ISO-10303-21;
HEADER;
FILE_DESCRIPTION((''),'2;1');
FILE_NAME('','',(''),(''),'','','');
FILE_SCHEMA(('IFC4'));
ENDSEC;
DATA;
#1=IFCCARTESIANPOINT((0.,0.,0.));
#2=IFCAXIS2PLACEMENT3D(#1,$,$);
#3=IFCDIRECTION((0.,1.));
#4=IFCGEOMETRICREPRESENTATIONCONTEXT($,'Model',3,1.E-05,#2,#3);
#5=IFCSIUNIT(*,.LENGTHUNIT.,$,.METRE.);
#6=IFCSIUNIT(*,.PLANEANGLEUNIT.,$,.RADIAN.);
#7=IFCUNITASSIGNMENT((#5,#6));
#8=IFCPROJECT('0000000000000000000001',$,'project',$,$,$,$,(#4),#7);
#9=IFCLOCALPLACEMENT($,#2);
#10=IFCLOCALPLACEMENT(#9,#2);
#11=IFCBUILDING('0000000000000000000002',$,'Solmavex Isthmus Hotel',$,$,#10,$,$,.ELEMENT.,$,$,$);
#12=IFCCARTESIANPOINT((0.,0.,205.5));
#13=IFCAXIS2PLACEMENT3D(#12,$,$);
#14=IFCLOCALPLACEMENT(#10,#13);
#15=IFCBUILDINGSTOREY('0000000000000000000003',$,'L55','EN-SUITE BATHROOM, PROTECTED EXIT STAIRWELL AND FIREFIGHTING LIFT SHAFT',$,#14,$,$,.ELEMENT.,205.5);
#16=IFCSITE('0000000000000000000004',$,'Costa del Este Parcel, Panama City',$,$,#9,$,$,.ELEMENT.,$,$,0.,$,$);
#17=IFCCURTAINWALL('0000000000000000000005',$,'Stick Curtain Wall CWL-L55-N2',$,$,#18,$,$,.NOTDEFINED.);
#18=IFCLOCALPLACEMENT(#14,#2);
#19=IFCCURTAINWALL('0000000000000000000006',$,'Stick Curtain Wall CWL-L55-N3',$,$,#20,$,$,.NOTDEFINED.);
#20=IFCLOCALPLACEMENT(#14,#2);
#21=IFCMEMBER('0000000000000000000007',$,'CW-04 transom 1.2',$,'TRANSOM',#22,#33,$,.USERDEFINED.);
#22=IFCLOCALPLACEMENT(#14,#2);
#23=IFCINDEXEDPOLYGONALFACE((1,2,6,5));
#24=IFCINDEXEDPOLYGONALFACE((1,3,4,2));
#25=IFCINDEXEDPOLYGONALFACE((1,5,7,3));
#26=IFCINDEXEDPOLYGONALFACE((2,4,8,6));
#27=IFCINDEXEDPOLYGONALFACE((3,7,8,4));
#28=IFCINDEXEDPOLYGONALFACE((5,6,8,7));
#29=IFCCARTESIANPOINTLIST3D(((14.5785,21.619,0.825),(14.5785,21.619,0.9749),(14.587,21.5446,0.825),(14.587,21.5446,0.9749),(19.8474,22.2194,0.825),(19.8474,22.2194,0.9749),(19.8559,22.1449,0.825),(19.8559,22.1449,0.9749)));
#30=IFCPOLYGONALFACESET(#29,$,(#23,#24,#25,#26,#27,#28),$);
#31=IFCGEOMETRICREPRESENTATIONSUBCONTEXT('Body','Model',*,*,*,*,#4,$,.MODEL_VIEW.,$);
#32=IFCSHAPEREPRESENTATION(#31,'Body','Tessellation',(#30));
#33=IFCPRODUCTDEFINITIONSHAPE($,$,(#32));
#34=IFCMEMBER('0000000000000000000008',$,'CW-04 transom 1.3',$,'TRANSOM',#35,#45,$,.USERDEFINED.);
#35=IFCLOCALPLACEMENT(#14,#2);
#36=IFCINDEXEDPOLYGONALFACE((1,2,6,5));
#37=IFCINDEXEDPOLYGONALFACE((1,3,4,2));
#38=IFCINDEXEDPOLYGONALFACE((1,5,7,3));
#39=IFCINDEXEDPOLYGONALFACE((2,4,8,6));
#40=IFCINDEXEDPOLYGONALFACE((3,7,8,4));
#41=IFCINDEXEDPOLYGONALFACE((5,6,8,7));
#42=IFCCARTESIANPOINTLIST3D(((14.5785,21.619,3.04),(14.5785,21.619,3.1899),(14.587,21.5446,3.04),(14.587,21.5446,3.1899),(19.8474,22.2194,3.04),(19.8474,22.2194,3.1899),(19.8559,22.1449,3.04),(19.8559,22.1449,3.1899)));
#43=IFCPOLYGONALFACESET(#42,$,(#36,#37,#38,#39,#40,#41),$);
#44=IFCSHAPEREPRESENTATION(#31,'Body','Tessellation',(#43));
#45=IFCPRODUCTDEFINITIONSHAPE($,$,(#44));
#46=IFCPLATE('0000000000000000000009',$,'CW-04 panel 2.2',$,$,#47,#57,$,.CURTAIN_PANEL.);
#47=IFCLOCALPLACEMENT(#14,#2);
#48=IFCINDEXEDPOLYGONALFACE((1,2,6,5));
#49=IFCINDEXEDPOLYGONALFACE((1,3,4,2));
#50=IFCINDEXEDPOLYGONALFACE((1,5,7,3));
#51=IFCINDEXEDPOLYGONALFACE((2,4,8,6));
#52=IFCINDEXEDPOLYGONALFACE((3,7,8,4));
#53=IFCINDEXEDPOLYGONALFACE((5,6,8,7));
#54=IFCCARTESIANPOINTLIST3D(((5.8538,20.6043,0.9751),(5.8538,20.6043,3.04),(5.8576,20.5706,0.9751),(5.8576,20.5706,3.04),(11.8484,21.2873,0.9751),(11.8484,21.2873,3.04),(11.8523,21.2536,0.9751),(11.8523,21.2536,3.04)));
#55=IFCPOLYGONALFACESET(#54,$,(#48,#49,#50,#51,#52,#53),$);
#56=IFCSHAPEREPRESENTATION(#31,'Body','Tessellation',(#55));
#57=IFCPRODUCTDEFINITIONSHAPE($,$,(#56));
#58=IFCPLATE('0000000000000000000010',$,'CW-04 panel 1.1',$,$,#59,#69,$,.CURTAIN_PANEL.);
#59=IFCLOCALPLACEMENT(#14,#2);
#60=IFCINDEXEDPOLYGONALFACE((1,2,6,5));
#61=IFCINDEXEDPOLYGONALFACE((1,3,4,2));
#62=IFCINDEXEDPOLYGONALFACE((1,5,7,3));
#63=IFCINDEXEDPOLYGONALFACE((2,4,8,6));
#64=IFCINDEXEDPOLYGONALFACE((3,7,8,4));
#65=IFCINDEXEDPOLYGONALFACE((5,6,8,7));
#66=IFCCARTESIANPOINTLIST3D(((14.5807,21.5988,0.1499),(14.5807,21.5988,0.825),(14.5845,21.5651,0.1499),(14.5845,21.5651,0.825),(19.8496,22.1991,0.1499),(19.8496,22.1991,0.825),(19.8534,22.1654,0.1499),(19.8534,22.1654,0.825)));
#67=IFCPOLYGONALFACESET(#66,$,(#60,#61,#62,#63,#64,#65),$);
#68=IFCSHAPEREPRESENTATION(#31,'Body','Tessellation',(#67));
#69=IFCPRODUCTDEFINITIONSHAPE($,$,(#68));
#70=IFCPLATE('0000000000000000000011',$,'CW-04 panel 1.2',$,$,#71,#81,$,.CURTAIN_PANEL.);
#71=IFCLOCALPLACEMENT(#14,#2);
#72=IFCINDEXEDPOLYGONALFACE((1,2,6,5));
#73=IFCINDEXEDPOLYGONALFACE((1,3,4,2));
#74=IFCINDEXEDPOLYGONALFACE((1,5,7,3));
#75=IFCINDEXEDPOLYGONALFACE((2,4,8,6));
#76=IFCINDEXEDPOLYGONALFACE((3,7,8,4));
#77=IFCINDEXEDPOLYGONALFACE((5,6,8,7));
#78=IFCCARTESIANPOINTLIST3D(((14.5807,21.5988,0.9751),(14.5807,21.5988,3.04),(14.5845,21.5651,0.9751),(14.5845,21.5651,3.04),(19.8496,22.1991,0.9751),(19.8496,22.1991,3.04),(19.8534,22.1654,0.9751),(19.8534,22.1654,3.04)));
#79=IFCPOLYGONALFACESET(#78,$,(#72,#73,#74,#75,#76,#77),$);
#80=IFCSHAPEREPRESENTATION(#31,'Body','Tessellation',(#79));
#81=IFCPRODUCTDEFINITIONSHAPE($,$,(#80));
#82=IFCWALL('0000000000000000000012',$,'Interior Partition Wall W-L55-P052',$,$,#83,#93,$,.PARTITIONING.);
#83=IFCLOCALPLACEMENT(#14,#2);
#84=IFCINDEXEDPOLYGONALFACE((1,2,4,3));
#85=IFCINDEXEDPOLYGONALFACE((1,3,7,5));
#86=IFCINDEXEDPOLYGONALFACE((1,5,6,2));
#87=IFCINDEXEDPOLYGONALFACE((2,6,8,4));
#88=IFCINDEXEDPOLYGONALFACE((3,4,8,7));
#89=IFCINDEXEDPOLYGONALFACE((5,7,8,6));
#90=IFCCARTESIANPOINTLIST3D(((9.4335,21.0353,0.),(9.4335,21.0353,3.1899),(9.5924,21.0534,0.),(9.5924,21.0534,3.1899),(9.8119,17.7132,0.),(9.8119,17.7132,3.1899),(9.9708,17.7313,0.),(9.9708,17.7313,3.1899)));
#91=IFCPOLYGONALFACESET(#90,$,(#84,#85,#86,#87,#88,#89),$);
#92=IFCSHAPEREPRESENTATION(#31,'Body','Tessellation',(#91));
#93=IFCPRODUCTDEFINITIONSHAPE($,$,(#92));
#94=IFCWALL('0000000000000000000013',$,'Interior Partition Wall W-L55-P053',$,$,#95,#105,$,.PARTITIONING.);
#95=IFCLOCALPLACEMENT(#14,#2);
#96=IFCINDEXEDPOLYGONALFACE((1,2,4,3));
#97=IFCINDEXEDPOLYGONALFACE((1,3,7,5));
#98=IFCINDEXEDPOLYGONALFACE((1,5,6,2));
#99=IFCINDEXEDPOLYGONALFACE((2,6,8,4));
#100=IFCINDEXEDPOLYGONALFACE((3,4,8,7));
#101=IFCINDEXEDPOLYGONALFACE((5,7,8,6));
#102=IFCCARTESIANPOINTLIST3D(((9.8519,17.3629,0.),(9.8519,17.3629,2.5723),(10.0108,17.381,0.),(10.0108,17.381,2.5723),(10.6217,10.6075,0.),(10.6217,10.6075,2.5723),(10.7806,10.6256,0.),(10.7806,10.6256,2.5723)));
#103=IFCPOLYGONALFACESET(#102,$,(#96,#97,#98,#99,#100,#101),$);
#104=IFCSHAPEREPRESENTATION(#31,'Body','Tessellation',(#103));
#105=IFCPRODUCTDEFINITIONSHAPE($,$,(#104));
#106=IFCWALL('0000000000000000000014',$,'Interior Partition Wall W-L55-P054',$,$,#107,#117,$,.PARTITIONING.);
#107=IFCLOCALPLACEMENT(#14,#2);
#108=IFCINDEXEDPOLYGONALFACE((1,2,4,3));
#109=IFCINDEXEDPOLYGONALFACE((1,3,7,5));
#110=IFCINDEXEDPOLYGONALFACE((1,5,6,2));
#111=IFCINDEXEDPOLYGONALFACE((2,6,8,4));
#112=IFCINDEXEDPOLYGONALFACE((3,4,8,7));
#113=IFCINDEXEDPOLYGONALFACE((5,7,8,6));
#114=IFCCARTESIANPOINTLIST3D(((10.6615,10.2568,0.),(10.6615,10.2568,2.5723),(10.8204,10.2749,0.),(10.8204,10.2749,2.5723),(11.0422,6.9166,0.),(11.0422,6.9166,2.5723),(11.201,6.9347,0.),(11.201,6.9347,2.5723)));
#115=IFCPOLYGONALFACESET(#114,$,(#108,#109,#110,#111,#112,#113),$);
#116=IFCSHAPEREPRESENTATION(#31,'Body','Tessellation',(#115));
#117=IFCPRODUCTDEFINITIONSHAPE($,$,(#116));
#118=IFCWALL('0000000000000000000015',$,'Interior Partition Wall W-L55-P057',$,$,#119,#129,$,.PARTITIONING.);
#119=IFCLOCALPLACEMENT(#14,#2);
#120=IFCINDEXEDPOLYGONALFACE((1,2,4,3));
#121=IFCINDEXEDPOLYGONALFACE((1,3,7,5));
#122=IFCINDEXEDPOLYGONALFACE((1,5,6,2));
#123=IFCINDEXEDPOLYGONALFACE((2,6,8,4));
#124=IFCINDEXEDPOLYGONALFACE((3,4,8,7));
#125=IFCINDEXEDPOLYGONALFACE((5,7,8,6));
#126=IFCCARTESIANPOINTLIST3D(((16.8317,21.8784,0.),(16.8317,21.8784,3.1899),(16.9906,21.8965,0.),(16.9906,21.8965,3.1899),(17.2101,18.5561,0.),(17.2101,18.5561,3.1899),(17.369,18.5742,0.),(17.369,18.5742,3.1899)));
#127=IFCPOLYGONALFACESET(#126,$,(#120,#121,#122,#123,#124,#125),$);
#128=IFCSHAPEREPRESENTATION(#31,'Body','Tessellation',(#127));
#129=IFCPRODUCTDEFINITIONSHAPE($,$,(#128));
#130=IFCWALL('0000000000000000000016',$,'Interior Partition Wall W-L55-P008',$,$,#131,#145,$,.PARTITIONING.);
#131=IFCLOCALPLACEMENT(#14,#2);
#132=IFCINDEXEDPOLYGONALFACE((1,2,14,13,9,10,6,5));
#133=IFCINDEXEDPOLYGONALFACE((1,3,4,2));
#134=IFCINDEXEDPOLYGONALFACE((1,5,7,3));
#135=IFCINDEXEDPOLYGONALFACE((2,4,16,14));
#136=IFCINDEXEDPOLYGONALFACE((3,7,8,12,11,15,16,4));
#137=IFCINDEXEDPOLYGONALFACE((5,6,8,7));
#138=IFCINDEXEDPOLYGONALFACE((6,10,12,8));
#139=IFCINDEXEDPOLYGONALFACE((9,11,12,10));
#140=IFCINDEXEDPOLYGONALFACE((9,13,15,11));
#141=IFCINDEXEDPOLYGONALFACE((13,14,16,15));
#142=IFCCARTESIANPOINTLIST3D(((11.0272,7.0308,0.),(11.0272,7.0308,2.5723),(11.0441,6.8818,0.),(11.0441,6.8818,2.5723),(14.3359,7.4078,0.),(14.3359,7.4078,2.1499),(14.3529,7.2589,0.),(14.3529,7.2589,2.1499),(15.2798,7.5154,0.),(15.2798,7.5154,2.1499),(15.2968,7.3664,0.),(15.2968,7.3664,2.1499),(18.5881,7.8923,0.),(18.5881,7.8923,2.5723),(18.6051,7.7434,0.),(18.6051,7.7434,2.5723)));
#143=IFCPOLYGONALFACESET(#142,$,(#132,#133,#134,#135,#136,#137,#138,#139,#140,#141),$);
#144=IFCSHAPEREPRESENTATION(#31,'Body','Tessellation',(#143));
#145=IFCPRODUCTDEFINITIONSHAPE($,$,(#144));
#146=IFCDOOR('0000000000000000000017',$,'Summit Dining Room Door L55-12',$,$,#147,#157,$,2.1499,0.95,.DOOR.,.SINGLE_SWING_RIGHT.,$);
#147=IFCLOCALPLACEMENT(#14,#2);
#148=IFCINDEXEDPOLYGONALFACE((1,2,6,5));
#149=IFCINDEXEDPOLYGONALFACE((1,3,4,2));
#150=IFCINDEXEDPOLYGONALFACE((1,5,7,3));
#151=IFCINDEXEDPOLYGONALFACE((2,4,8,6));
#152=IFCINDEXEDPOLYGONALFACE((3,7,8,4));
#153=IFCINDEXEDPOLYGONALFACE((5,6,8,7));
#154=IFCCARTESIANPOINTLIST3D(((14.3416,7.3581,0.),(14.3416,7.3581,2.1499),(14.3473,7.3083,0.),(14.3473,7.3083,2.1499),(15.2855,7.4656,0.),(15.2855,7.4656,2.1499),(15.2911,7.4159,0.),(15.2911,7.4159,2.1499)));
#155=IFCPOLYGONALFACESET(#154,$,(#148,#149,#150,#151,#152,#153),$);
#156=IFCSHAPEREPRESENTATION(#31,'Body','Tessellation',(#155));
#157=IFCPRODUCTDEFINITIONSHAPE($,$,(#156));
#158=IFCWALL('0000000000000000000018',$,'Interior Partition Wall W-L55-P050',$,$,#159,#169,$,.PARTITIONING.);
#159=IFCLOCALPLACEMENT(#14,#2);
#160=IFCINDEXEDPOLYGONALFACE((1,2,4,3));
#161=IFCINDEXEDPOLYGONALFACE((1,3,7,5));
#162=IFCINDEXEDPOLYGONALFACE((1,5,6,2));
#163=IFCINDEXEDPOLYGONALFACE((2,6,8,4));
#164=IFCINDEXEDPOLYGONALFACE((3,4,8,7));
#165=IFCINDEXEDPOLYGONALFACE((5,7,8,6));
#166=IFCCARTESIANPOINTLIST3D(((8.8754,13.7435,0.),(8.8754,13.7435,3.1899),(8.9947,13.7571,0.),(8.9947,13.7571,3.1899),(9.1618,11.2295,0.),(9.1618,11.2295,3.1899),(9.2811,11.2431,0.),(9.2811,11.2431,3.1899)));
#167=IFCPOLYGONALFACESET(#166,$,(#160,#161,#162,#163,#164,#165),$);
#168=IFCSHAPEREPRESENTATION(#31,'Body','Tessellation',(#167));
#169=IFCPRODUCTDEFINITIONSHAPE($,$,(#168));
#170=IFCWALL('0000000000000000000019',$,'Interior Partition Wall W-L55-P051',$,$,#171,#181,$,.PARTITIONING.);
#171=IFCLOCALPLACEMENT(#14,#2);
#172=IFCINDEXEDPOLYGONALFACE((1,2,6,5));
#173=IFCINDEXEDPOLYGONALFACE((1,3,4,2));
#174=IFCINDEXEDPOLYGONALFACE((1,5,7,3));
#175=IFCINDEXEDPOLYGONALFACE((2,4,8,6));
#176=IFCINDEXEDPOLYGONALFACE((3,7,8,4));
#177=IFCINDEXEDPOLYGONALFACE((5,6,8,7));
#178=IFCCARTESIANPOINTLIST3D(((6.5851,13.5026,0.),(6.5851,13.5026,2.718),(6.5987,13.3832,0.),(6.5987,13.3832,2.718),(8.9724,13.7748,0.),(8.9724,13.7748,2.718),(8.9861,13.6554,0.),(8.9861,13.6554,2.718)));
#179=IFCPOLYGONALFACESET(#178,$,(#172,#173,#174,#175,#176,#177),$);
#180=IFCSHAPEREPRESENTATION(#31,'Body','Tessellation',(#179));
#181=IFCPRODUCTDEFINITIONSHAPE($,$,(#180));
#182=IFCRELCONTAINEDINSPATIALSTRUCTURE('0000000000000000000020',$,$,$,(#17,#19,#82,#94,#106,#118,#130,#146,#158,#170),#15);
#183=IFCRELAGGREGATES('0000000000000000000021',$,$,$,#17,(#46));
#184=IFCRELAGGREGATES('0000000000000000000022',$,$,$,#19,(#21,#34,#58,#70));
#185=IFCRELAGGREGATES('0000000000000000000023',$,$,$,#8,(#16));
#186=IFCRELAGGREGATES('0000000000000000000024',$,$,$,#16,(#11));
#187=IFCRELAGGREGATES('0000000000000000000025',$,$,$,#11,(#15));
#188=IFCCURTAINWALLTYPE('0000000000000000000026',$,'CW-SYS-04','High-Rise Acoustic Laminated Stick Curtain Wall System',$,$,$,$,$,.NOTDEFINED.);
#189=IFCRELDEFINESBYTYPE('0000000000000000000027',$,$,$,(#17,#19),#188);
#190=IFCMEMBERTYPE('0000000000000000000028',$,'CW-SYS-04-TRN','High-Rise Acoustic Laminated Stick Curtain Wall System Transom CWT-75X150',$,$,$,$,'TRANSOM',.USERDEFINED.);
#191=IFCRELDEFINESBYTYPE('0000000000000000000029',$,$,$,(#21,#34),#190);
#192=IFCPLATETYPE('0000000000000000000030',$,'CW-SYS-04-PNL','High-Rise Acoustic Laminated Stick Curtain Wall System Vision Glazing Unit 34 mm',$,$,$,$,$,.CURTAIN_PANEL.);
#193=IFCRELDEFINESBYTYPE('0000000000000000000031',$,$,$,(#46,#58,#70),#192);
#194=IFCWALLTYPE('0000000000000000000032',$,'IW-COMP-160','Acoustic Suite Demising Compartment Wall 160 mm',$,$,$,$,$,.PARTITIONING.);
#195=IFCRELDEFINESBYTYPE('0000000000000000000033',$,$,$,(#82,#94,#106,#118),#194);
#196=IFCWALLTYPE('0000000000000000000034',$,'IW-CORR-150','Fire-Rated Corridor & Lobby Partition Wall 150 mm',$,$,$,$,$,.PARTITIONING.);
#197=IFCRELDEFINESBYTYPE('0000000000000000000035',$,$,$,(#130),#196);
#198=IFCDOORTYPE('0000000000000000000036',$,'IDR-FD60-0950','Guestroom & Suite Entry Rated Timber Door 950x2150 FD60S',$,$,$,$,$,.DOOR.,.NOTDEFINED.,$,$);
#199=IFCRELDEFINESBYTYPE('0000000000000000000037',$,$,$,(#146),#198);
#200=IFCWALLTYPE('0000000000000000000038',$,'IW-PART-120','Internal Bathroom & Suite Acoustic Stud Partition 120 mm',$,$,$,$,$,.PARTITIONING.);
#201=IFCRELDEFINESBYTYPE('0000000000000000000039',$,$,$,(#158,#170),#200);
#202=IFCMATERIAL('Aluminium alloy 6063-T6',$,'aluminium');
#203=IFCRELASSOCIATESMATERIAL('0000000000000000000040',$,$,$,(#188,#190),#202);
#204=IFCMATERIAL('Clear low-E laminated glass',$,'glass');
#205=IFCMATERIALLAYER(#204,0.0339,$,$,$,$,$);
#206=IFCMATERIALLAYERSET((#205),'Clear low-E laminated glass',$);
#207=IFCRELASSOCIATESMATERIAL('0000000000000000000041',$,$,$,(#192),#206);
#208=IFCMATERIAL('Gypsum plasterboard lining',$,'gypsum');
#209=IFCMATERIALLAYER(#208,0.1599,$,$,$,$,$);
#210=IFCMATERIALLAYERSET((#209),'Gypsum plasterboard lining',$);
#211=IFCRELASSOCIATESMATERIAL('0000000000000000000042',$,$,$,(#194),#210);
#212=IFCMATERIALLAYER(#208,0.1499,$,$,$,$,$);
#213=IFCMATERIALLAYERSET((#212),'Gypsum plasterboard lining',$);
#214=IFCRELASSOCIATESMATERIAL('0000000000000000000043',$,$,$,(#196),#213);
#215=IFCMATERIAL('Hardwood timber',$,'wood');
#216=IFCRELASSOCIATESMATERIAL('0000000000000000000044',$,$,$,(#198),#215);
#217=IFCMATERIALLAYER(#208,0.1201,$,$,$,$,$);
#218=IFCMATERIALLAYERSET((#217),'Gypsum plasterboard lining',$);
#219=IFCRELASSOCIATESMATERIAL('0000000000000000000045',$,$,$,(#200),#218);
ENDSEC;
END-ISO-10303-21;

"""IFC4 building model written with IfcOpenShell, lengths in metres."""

from ifc_helpers import new_model, si_unit, direction, frame, frame_2d, origin, origin_2d, place, context, subcontext, project, spatial, rectangle, extrude, material, layer, layer_set, material_profile, profile_set, type_object, element, fill, aggregate, save


model = new_model("IFC4")

# Units and contexts
model_context = context("Model", 3, precision=1e-05, world=origin(), true_north=direction((0.0, 1.0)))
body_context = subcontext(model_context, "Body", "Model", "MODEL_VIEW")
ifc_project = project(units=[si_unit("LENGTHUNIT", "METRE"), si_unit("PLANEANGLEUNIT", "RADIAN")], contexts=[model_context])

# Site, building, storey
site_placement = place(None, origin())
site = spatial("IfcSite", under=ifc_project, at=site_placement, Name="Costa del Este Parcel, Panama City", CompositionType="ELEMENT", RefElevation=0.0)
building_placement = place(site_placement, origin())
building = spatial("IfcBuilding", under=site, at=building_placement, Name="Solmavex Isthmus Hotel", CompositionType="ELEMENT")
storey_placement = place(building_placement, frame((0.0, 0.0, 205.5)))
storey = spatial("IfcBuildingStorey", under=building, at=storey_placement, Name="L55", Description="EN-SUITE BATHROOM, PROTECTED EXIT STAIRWELL AND FIREFIGHTING LIFT SHAFT", CompositionType="ELEMENT", Elevation=205.5)

# Curtain wall
ifc_material_1 = material(Name="Aluminium alloy 6063-T6", Category="aluminium")
curtain_wall_type = type_object("IfcCurtainWallType", Name="CW-SYS-04", Description="High-Rise Acoustic Laminated Stick Curtain Wall System", PredefinedType="NOTDEFINED", material=ifc_material_1)
curtain_wall_1_placement = place(storey_placement, origin())
curtain_wall_1 = element("IfcCurtainWall", 1, at=curtain_wall_1_placement, inside=storey, type_object=curtain_wall_type, Name="Stick Curtain Wall CWL-L55-N2", PredefinedType="NOTDEFINED")

# Curtain wall, members
curtain_wall_2_placement = place(storey_placement, origin())
curtain_wall_2 = element("IfcCurtainWall", 2, at=curtain_wall_2_placement, inside=storey, type_object=curtain_wall_type, Name="Stick Curtain Wall CWL-L55-N3", PredefinedType="NOTDEFINED")
ifc_material_profile_1 = material_profile(ifc_material_1, rectangle(XDim=0.075, YDim=0.1499, at=origin_2d()), Name="CWT-75X150")
ifc_profile_set_1 = profile_set([ifc_material_profile_1], Name="Aluminium alloy 6063-T6")
member_type_1 = type_object("IfcMemberType", Name="CW-SYS-04-TRN", Description="High-Rise Acoustic Laminated Stick Curtain Wall System Transom CWT-75X150", ElementType="TRANSOM", PredefinedType="USERDEFINED", material=ifc_profile_set_1)
member_1_placement = place(storey_placement, frame((14.5828, 21.5818, 0.8999), z_axis=(0.993571, 0.11321, 0.0), x_axis=(-0.11321, 0.993571, 0.0)))
member_1 = element("IfcMember", 3, at=member_1_placement, type_object=member_type_1, Name="CW-04 transom 1.2", ObjectType="TRANSOM", PredefinedType="USERDEFINED", context=body_context, shape_type="SweptSolid", body=[
    extrude(rectangle(XDim=0.075, YDim=0.1499, at=origin_2d()), origin(), (0.0, 0.0, 1.0), 5.303),
])
member_2_placement = place(storey_placement, frame((14.5828, 21.5818, 3.115), z_axis=(0.993571, 0.11321, 0.0), x_axis=(-0.11321, 0.993571, 0.0)))
member_2 = element("IfcMember", 4, at=member_2_placement, type_object=member_type_1, Name="CW-04 transom 1.3", ObjectType="TRANSOM", PredefinedType="USERDEFINED", context=body_context, shape_type="SweptSolid", body=[
    extrude(rectangle(XDim=0.075, YDim=0.1499, at=origin_2d()), origin(), (0.0, 0.0, 1.0), 5.303),
])

# Plates
ifc_material_2 = material(Name="Clear low-E laminated glass", Category="glass")
ifc_layer_1 = layer(ifc_material_2, 0.0339)
ifc_layer_set_1 = layer_set([ifc_layer_1], Name="Clear low-E laminated glass")
plate_type = type_object("IfcPlateType", Name="CW-SYS-04-PNL", Description="High-Rise Acoustic Laminated Stick Curtain Wall System Vision Glazing Unit 34 mm", PredefinedType="CURTAIN_PANEL", material=ifc_layer_set_1)
plate_1_placement = place(storey_placement, frame((8.853, 20.929, 0.9751), z_axis=(0.0, 0.0, 1.0), x_axis=(0.993572, 0.113203, 0.0)))
plate_1 = element("IfcPlate", 5, at=plate_1_placement, type_object=plate_type, Name="CW-04 panel 2.2", PredefinedType="CURTAIN_PANEL", context=body_context, shape_type="SweptSolid", body=[
    extrude(rectangle(XDim=6.0334, YDim=0.0339, at=origin_2d()), origin(), (0.0, 0.0, 1.0), 2.0649),
])
aggregate(curtain_wall_1, [plate_1])
plate_2_placement = place(storey_placement, frame((17.217, 21.8821, 0.1499), z_axis=(0.0, 0.0, 1.0), x_axis=(0.993572, 0.113204, 0.0)))
plate_2 = element("IfcPlate", 6, at=plate_2_placement, type_object=plate_type, Name="CW-04 panel 1.1", PredefinedType="CURTAIN_PANEL", context=body_context, shape_type="SweptSolid", body=[
    extrude(rectangle(XDim=5.303, YDim=0.0339, at=origin_2d()), origin(), (0.0, 0.0, 1.0), 0.675),
])
plate_3_placement = place(storey_placement, frame((17.217, 21.8821, 0.9751), z_axis=(0.0, 0.0, 1.0), x_axis=(0.993572, 0.113204, 0.0)))
plate_3 = element("IfcPlate", 7, at=plate_3_placement, type_object=plate_type, Name="CW-04 panel 1.2", PredefinedType="CURTAIN_PANEL", context=body_context, shape_type="SweptSolid", body=[
    extrude(rectangle(XDim=5.303, YDim=0.0339, at=origin_2d()), origin(), (0.0, 0.0, 1.0), 2.0649),
])
aggregate(curtain_wall_2, [member_1, member_2, plate_2, plate_3])

# Walls
ifc_material_3 = material(Name="Gypsum plasterboard lining", Category="gypsum")
ifc_layer_2 = layer(ifc_material_3, 0.1599)
ifc_layer_set_2 = layer_set([ifc_layer_2], Name="Gypsum plasterboard lining")
wall_type_1 = type_object("IfcWallType", Name="IW-COMP-160", Description="Acoustic Suite Demising Compartment Wall 160 mm", PredefinedType="PARTITIONING", material=ifc_layer_set_2)
wall_1_placement = place(storey_placement, frame((9.5129, 21.0444, 0.0), z_axis=(0.0, 0.0, 1.0), x_axis=(0.11318, -0.993574, 0.0)))
element("IfcWall", 8, at=wall_1_placement, inside=storey, type_object=wall_type_1, Name="Interior Partition Wall W-L55-P052", PredefinedType="PARTITIONING", context=body_context, shape_type="SweptSolid", body=[
    extrude(rectangle(XDim=3.3435, YDim=0.1599, at=frame_2d((1.6719, 0.0))), origin(), (0.0, 0.0, 1.0), 3.1899),
])
wall_2_placement = place(storey_placement, frame((9.9314, 17.3718, 0.0), z_axis=(0.0, 0.0, 1.0), x_axis=(0.113217, -0.99357, 0.0)))
element("IfcWall", 9, at=wall_2_placement, inside=storey, type_object=wall_type_1, Name="Interior Partition Wall W-L55-P053", PredefinedType="PARTITIONING", context=body_context, shape_type="SweptSolid", body=[
    extrude(rectangle(XDim=6.7991, YDim=0.1599, at=frame_2d((3.3994, 0.0))), origin(), (0.0, 0.0, 1.0), 2.5723),
])
wall_3_placement = place(storey_placement, frame((10.741, 10.2659, 0.0), z_axis=(0.0, 0.0, 1.0), x_axis=(0.113221, -0.99357, 0.0)))
element("IfcWall", 10, at=wall_3_placement, inside=storey, type_object=wall_type_1, Name="Interior Partition Wall W-L55-P054", PredefinedType="PARTITIONING", context=body_context, shape_type="SweptSolid", body=[
    extrude(rectangle(XDim=3.3618, YDim=0.1599, at=frame_2d((1.6809, 0.0))), origin(), (0.0, 0.0, 1.0), 2.5723),
])
wall_4_placement = place(storey_placement, frame((16.9111, 21.8875, 0.0), z_axis=(0.0, 0.0, 1.0), x_axis=(0.113172, -0.993575, 0.0)))
element("IfcWall", 11, at=wall_4_placement, inside=storey, type_object=wall_type_1, Name="Interior Partition Wall W-L55-P057", PredefinedType="PARTITIONING", context=body_context, shape_type="SweptSolid", body=[
    extrude(rectangle(XDim=3.3438, YDim=0.1599, at=frame_2d((1.6719, 0.0))), origin(), (0.0, 0.0, 1.0), 3.1899),
])

# Wall, opening, door
ifc_layer_3 = layer(ifc_material_3, 0.1499)
ifc_layer_set_3 = layer_set([ifc_layer_3], Name="Gypsum plasterboard lining")
wall_type_2 = type_object("IfcWallType", Name="IW-CORR-150", Description="Fire-Rated Corridor & Lobby Partition Wall 150 mm", PredefinedType="PARTITIONING", material=ifc_layer_set_3)
wall_5_placement = place(storey_placement, frame((11.0356, 6.9563, 0.0), z_axis=(0.0, 0.0, 1.0), x_axis=(0.99357, 0.113216, 0.0)))
wall_5 = element("IfcWall", 12, at=wall_5_placement, inside=storey, type_object=wall_type_2, Name="Interior Partition Wall W-L55-P008", PredefinedType="PARTITIONING", context=body_context, shape_type="SweptSolid", body=[
    extrude(rectangle(XDim=7.6099, YDim=0.1499, at=frame_2d((3.8049, 0.0))), origin(), (0.0, 0.0, 1.0), 2.5723),
])
opening_1_placement = place(wall_5_placement, frame((3.3301, 0.0, 0.0)))
opening_1 = element("IfcOpeningElement", 13, at=opening_1_placement, cuts=wall_5, PredefinedType="OPENING", context=body_context, shape_type="SweptSolid", body=[
    extrude(rectangle(XDim=0.95, YDim=2.1499, at=frame_2d((0.4751, 1.075))), frame((0.0, 0.085, 0.0), z_axis=(0.0, -1.0, 0.0), x_axis=(1.0, 0.0, 0.0)), (0.0, 0.0, 1.0), 0.1699),
])
ifc_material_4 = material(Name="Hardwood timber", Category="wood")
door_type_1 = type_object("IfcDoorType", Name="IDR-FD60-0950", Description="Guestroom & Suite Entry Rated Timber Door 950x2150 FD60S", OperationType="NOTDEFINED", PredefinedType="DOOR", material=ifc_material_4)
door_1_placement = place(opening_1_placement, origin())
door_1 = element("IfcDoor", 14, at=door_1_placement, inside=storey, type_object=door_type_1, Name="Summit Dining Room Door L55-12", OperationType="SINGLE_SWING_RIGHT", OverallHeight=2.1499, OverallWidth=0.95, PredefinedType="DOOR", context=body_context, shape_type="SweptSolid", body=[
    extrude(rectangle(XDim=0.95, YDim=2.1499, at=frame_2d((0.4751, 1.075))), frame((0.0, 0.0249, 0.0), z_axis=(0.0, -1.0, 0.0), x_axis=(1.0, 0.0, 0.0)), (0.0, 0.0, 1.0), 0.05),
])
fill(opening_1, door_1)

# Walls
ifc_layer_4 = layer(ifc_material_3, 0.1201)
ifc_layer_set_4 = layer_set([ifc_layer_4], Name="Gypsum plasterboard lining")
wall_type_3 = type_object("IfcWallType", Name="IW-PART-120", Description="Internal Bathroom & Suite Acoustic Stud Partition 120 mm", PredefinedType="PARTITIONING", material=ifc_layer_set_4)
wall_6_placement = place(storey_placement, frame((9.2214, 11.2363, 0.0), z_axis=(0.0, 0.0, 1.0), x_axis=(-0.113185, 0.993574, 0.0)))
element("IfcWall", 15, at=wall_6_placement, inside=storey, type_object=wall_type_3, Name="Interior Partition Wall W-L55-P050", PredefinedType="PARTITIONING", context=body_context, shape_type="SweptSolid", body=[
    extrude(rectangle(XDim=2.5303, YDim=0.1201, at=frame_2d((1.2651, 0.0))), origin(), (0.0, 0.0, 1.0), 3.1899),
])
wall_7_placement = place(storey_placement, frame((8.9792, 13.7151, 0.0), z_axis=(0.0, 0.0, 1.0), x_axis=(-0.993562, -0.113286, 0.0)))
element("IfcWall", 16, at=wall_7_placement, inside=storey, type_object=wall_type_3, Name="Interior Partition Wall W-L55-P051", PredefinedType="PARTITIONING", context=body_context, shape_type="SweptSolid", body=[
    extrude(rectangle(XDim=2.4028, YDim=0.1201, at=frame_2d((1.2014, 0.0))), origin(), (0.0, 0.0, 1.0), 2.718),
])

save(model, "model.ifc")
